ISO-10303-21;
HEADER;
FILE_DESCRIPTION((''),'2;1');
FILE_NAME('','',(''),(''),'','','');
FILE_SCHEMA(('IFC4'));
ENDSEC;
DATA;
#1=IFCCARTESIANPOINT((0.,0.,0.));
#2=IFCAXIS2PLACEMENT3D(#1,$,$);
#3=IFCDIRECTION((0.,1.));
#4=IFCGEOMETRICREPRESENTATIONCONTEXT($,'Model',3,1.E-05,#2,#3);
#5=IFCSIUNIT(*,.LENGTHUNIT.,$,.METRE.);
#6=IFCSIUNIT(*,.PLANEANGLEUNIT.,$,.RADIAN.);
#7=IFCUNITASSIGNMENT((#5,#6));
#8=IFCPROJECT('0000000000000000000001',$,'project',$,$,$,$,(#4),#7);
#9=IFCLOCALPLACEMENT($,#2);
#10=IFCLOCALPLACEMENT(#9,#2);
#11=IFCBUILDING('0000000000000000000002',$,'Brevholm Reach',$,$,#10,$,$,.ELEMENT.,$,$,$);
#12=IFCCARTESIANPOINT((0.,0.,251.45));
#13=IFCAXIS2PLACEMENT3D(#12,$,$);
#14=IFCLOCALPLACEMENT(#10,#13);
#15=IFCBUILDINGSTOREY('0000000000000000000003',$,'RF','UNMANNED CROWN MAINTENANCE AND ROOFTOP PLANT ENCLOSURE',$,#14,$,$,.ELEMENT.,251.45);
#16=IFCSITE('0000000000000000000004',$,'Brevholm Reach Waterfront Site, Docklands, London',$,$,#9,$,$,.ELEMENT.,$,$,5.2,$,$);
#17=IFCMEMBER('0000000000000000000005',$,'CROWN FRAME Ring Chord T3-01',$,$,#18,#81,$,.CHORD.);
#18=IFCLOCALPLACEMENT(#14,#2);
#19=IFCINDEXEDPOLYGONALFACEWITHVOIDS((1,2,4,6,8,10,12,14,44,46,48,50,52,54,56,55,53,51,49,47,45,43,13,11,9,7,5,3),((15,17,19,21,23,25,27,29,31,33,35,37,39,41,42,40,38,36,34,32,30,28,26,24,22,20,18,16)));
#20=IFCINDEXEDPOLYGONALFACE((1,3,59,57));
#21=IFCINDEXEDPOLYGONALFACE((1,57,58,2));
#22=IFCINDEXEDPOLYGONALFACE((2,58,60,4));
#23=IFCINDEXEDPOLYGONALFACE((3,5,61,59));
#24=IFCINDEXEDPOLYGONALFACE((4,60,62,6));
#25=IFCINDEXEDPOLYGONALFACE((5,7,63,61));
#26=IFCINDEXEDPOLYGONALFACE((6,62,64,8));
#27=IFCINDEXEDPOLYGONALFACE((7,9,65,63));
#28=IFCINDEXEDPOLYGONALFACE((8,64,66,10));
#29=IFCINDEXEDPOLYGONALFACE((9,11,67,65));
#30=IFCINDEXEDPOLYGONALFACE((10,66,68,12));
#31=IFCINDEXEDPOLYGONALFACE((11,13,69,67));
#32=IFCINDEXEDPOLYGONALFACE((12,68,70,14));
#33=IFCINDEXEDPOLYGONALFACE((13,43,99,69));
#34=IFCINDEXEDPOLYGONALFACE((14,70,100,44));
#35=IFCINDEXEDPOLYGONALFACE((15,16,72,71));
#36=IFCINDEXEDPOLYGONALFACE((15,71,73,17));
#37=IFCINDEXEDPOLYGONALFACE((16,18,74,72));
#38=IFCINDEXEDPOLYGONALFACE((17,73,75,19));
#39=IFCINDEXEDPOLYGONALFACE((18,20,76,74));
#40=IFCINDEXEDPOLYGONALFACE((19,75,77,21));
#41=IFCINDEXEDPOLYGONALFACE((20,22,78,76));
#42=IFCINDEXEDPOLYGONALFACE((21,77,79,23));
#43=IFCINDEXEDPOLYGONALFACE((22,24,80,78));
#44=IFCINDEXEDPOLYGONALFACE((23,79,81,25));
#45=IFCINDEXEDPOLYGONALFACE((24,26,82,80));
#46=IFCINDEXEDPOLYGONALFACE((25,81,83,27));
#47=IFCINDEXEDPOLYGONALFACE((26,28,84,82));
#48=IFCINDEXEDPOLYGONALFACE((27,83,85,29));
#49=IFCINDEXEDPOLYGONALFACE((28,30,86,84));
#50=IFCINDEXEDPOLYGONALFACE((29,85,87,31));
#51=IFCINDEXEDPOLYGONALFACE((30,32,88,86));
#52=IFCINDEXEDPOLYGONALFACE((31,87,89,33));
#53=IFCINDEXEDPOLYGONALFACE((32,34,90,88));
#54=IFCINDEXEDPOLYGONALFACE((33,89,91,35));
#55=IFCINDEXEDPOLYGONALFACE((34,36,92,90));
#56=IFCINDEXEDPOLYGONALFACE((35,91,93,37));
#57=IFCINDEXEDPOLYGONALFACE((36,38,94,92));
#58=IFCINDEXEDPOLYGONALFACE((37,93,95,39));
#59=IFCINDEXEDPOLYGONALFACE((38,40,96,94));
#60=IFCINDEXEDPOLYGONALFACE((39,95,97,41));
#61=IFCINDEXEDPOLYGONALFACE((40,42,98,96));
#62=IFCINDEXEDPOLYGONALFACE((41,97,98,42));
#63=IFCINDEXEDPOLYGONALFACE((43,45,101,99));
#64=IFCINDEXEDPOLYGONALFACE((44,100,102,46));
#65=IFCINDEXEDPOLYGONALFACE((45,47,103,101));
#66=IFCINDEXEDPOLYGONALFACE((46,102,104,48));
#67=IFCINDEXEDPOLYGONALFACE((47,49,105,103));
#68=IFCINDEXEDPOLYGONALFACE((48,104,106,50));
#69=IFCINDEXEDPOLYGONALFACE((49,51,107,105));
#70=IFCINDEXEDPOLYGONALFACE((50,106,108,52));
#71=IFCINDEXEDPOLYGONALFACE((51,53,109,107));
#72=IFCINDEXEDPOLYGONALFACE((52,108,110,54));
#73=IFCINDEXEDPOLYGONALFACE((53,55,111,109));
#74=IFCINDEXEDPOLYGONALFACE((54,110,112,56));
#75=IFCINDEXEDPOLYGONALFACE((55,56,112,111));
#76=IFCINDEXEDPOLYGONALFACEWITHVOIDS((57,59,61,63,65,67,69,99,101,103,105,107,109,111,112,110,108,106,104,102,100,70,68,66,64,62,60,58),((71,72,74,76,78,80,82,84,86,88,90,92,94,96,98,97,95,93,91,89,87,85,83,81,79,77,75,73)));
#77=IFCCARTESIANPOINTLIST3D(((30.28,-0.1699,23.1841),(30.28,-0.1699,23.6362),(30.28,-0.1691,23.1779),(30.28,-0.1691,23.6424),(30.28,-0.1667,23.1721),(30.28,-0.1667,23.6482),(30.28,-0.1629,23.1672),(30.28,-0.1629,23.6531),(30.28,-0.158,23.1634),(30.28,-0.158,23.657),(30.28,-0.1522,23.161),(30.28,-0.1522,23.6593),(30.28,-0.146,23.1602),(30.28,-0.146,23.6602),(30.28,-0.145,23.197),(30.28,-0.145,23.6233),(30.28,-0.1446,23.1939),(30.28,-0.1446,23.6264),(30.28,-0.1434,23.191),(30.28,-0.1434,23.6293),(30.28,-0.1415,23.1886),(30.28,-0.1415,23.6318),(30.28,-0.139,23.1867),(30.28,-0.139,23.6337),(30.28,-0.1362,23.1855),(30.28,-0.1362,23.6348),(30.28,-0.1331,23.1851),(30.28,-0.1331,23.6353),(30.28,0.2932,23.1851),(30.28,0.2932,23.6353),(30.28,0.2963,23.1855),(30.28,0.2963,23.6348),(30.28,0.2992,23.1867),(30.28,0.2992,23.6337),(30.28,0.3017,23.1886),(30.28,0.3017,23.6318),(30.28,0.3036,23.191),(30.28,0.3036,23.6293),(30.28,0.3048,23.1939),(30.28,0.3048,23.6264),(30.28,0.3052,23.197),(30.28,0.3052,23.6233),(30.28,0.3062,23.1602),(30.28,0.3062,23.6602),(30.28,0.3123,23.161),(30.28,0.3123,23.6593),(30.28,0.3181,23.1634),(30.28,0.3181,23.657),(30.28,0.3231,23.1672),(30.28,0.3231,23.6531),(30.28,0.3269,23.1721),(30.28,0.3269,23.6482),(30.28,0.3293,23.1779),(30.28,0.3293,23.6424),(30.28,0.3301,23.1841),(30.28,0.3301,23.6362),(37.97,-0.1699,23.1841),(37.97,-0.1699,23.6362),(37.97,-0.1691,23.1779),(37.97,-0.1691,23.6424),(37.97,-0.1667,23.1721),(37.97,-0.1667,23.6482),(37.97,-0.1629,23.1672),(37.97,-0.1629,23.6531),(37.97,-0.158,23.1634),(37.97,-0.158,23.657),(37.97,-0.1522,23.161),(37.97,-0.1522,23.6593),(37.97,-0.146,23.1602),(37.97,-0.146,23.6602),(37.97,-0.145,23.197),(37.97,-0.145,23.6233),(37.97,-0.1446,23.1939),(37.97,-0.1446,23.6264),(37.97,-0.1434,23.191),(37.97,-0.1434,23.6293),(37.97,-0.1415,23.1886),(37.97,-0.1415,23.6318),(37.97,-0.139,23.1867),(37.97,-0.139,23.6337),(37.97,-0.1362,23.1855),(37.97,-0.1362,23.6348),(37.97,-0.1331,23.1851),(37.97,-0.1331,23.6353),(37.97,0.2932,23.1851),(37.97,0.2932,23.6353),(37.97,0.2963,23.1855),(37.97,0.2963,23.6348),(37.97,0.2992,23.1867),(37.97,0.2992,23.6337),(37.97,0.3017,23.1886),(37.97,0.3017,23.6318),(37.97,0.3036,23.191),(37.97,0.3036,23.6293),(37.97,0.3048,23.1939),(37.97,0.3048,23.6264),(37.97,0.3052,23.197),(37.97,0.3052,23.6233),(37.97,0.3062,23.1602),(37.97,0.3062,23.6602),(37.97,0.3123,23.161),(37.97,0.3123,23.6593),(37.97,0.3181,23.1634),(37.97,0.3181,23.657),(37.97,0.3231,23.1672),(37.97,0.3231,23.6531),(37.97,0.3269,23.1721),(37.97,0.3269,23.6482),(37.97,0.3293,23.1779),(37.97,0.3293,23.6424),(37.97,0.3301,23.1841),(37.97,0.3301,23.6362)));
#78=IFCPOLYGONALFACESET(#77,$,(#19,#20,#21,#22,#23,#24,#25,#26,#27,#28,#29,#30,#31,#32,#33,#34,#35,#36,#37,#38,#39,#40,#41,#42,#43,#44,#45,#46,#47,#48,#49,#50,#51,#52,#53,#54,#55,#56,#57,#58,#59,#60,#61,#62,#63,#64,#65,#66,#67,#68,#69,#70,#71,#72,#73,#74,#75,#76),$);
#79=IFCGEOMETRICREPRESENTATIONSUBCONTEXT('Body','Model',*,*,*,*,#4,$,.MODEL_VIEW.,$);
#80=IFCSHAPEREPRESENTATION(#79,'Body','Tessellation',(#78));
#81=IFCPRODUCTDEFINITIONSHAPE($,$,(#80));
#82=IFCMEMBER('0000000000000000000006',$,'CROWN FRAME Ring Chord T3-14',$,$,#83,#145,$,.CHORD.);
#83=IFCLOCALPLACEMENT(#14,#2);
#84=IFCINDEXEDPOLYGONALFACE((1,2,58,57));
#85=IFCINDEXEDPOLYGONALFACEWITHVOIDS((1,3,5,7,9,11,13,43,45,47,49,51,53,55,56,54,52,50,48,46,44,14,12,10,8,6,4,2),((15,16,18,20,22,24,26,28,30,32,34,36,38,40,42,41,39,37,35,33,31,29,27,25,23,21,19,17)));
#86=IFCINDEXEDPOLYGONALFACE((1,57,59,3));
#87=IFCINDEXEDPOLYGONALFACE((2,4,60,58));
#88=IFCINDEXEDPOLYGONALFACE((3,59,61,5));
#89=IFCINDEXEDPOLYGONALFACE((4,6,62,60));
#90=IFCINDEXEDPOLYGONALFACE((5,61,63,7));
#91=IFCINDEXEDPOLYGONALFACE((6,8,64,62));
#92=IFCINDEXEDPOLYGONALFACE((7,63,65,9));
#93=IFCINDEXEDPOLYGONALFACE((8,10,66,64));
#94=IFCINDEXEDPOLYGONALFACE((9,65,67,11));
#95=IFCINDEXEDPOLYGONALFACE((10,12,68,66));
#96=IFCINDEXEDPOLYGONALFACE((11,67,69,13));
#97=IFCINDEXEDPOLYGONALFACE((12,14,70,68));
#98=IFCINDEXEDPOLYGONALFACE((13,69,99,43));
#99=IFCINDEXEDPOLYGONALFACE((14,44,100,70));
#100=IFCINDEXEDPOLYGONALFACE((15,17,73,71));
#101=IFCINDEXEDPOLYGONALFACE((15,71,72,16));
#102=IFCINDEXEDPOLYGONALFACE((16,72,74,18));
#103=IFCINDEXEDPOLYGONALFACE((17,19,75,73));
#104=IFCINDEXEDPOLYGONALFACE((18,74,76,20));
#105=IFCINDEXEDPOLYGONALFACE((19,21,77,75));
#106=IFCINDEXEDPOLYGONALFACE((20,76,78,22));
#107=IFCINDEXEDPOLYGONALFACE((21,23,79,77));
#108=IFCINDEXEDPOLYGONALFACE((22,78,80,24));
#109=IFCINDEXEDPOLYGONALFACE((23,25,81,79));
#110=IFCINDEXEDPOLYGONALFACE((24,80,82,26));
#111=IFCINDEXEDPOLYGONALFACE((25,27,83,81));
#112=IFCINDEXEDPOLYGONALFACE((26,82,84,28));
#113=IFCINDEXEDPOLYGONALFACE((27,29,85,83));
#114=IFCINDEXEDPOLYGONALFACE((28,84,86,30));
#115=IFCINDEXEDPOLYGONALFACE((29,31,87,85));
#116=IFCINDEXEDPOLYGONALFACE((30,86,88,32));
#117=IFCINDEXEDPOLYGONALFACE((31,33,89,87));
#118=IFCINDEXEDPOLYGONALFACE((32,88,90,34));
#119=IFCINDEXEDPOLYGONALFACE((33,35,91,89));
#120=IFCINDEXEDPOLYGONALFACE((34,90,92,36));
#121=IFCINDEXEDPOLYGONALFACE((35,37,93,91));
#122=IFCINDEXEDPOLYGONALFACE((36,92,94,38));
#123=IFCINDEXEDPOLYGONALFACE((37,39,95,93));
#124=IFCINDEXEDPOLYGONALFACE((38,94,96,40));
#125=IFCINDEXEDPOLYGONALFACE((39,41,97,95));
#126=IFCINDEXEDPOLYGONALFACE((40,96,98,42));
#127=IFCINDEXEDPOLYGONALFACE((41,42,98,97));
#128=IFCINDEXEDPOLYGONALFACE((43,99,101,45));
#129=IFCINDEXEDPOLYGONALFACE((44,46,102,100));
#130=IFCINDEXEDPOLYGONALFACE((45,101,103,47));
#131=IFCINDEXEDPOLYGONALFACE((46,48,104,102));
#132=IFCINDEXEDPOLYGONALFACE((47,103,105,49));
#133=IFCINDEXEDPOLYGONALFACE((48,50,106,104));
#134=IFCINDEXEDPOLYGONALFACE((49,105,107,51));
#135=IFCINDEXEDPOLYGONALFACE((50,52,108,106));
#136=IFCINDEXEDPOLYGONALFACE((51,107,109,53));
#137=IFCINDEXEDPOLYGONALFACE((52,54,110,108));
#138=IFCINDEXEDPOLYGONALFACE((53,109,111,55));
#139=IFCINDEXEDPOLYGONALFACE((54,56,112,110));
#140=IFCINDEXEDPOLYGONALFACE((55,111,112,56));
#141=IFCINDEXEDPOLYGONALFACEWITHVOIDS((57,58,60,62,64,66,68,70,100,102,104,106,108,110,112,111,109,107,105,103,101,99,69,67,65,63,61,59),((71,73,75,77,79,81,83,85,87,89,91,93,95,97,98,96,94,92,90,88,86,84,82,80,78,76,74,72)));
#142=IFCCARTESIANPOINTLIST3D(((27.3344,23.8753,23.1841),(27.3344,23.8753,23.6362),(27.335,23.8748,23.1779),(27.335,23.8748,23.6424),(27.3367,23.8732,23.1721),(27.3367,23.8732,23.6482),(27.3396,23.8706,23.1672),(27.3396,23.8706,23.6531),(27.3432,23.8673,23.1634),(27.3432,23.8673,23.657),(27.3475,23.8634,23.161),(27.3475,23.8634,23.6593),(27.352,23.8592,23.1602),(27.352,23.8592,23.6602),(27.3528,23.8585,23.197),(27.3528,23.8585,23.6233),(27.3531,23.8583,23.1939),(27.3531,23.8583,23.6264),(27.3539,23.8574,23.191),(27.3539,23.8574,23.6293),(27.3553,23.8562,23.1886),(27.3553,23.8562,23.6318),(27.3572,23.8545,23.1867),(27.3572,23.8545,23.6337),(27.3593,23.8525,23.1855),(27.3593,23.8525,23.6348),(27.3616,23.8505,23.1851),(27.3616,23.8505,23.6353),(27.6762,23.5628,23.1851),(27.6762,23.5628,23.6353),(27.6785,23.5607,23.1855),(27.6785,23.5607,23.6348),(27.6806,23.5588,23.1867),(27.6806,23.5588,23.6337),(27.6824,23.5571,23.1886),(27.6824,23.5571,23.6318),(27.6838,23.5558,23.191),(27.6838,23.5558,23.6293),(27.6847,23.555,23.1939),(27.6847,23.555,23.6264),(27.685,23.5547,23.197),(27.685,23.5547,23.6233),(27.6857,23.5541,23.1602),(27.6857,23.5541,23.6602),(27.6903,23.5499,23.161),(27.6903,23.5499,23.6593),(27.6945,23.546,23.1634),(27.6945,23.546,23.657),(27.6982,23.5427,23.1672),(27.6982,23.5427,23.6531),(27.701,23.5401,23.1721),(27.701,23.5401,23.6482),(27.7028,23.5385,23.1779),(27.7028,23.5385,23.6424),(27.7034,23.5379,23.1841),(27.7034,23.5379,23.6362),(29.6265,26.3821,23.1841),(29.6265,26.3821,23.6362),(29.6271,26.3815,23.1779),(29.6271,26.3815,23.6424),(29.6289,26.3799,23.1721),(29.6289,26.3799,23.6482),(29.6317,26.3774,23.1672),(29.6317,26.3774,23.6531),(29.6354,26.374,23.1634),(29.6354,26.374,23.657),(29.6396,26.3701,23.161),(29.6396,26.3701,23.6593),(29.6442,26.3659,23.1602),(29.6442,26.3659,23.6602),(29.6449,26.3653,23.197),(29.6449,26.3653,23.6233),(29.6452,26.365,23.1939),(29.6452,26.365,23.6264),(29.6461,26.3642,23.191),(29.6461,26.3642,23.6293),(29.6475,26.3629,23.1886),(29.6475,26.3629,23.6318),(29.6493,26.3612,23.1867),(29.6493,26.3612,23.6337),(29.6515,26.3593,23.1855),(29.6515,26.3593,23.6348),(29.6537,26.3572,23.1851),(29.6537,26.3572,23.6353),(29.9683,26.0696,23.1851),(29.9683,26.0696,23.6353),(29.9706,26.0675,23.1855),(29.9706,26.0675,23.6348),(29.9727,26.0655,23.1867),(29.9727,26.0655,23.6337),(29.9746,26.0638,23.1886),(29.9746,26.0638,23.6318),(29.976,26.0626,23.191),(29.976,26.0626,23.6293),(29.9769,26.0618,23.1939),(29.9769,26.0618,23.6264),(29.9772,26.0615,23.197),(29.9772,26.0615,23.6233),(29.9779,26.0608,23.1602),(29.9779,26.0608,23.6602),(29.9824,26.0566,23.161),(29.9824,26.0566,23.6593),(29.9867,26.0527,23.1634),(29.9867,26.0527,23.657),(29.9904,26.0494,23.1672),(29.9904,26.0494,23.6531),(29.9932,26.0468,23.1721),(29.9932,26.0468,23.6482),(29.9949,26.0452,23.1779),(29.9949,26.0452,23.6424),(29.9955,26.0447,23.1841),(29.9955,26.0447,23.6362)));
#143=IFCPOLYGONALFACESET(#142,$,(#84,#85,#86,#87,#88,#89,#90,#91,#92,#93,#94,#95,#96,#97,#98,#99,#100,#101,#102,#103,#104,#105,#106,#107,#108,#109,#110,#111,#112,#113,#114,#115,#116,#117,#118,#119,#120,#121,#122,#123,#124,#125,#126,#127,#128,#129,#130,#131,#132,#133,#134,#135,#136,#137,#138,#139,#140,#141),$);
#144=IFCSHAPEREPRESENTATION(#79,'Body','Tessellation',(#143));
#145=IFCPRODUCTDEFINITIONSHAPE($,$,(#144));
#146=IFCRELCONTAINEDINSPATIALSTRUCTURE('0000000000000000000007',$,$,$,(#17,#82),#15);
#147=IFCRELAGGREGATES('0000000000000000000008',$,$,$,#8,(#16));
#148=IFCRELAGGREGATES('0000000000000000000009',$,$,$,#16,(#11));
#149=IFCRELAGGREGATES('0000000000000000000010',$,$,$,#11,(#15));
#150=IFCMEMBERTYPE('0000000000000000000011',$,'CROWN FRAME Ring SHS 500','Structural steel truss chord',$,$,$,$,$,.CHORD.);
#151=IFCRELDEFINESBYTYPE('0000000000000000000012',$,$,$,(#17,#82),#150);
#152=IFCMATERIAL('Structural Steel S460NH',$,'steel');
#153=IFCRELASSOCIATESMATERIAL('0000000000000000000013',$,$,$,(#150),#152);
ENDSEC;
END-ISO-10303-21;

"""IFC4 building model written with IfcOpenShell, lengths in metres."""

from ifc_helpers import new_model, si_unit, direction, frame, origin, origin_2d, place, context, subcontext, project, spatial, hollow_rectangle, extrude, material, material_profile, profile_set, type_object, element, save


model = new_model("IFC4")

# Units and contexts
model_context = context("Model", 3, precision=1e-05, world=origin(), true_north=direction((0.0, 1.0)))
body_context = subcontext(model_context, "Body", "Model", "MODEL_VIEW")
ifc_project = project(units=[si_unit("LENGTHUNIT", "METRE"), si_unit("PLANEANGLEUNIT", "RADIAN")], contexts=[model_context])

# Site, building, storey
site_placement = place(None, origin())
site = spatial("IfcSite", under=ifc_project, at=site_placement, Name="Brevholm Reach Waterfront Site, Docklands, London", CompositionType="ELEMENT", RefElevation=5.2)
building_placement = place(site_placement, origin())
building = spatial("IfcBuilding", under=site, at=building_placement, Name="Brevholm Reach", CompositionType="ELEMENT")
storey_placement = place(building_placement, frame((0.0, 0.0, 251.45)))
storey = spatial("IfcBuildingStorey", under=building, at=storey_placement, Name="RF", Description="UNMANNED CROWN MAINTENANCE AND ROOFTOP PLANT ENCLOSURE", CompositionType="ELEMENT", Elevation=251.45)

# Members
ifc_material_1 = material(Name="Structural Steel S460NH", Category="steel")
ifc_material_profile_1 = material_profile(ifc_material_1, hollow_rectangle(XDim=0.5, YDim=0.5, WallThickness=0.0249, InnerFilletRadius=0.012, OuterFilletRadius=0.0239, at=origin_2d()), Name="SHS 500x500x25")
ifc_profile_set_1 = profile_set([ifc_material_profile_1], Name="Structural Steel S460NH")
member_type_1 = type_object("IfcMemberType", Name="CROWN FRAME Ring SHS 500", Description="Structural steel truss chord", PredefinedType="CHORD", material=ifc_profile_set_1)
member_1_placement = place(storey_placement, frame((30.28, 0.0801, 23.4102), z_axis=(1.0, 0.0, 0.0), x_axis=(0.0, 1.0, 0.0)))
element("IfcMember", 1, at=member_1_placement, inside=storey, type_object=member_type_1, Name="CROWN FRAME Ring Chord T3-01", PredefinedType="CHORD", context=body_context, shape_type="SweptSolid", body=[
    extrude(hollow_rectangle(XDim=0.5, YDim=0.5, WallThickness=0.0249, InnerFilletRadius=0.012, OuterFilletRadius=0.0239, at=origin_2d()), origin(), (0.0, 0.0, 1.0), 7.6899),
])
member_2_placement = place(storey_placement, frame((29.811, 26.2134, 23.4102), z_axis=(-0.674813, -0.737989, 0.0), x_axis=(0.737989, -0.674813, 0.0)))
element("IfcMember", 2, at=member_2_placement, inside=storey, type_object=member_type_1, Name="CROWN FRAME Ring Chord T3-14", PredefinedType="CHORD", context=body_context, shape_type="SweptSolid", body=[
    extrude(hollow_rectangle(XDim=0.5, YDim=0.5, WallThickness=0.0249, InnerFilletRadius=0.012, OuterFilletRadius=0.0239, at=origin_2d()), origin(), (0.0, 0.0, 1.0), 3.3967),
])

save(model, "model.ifc")
